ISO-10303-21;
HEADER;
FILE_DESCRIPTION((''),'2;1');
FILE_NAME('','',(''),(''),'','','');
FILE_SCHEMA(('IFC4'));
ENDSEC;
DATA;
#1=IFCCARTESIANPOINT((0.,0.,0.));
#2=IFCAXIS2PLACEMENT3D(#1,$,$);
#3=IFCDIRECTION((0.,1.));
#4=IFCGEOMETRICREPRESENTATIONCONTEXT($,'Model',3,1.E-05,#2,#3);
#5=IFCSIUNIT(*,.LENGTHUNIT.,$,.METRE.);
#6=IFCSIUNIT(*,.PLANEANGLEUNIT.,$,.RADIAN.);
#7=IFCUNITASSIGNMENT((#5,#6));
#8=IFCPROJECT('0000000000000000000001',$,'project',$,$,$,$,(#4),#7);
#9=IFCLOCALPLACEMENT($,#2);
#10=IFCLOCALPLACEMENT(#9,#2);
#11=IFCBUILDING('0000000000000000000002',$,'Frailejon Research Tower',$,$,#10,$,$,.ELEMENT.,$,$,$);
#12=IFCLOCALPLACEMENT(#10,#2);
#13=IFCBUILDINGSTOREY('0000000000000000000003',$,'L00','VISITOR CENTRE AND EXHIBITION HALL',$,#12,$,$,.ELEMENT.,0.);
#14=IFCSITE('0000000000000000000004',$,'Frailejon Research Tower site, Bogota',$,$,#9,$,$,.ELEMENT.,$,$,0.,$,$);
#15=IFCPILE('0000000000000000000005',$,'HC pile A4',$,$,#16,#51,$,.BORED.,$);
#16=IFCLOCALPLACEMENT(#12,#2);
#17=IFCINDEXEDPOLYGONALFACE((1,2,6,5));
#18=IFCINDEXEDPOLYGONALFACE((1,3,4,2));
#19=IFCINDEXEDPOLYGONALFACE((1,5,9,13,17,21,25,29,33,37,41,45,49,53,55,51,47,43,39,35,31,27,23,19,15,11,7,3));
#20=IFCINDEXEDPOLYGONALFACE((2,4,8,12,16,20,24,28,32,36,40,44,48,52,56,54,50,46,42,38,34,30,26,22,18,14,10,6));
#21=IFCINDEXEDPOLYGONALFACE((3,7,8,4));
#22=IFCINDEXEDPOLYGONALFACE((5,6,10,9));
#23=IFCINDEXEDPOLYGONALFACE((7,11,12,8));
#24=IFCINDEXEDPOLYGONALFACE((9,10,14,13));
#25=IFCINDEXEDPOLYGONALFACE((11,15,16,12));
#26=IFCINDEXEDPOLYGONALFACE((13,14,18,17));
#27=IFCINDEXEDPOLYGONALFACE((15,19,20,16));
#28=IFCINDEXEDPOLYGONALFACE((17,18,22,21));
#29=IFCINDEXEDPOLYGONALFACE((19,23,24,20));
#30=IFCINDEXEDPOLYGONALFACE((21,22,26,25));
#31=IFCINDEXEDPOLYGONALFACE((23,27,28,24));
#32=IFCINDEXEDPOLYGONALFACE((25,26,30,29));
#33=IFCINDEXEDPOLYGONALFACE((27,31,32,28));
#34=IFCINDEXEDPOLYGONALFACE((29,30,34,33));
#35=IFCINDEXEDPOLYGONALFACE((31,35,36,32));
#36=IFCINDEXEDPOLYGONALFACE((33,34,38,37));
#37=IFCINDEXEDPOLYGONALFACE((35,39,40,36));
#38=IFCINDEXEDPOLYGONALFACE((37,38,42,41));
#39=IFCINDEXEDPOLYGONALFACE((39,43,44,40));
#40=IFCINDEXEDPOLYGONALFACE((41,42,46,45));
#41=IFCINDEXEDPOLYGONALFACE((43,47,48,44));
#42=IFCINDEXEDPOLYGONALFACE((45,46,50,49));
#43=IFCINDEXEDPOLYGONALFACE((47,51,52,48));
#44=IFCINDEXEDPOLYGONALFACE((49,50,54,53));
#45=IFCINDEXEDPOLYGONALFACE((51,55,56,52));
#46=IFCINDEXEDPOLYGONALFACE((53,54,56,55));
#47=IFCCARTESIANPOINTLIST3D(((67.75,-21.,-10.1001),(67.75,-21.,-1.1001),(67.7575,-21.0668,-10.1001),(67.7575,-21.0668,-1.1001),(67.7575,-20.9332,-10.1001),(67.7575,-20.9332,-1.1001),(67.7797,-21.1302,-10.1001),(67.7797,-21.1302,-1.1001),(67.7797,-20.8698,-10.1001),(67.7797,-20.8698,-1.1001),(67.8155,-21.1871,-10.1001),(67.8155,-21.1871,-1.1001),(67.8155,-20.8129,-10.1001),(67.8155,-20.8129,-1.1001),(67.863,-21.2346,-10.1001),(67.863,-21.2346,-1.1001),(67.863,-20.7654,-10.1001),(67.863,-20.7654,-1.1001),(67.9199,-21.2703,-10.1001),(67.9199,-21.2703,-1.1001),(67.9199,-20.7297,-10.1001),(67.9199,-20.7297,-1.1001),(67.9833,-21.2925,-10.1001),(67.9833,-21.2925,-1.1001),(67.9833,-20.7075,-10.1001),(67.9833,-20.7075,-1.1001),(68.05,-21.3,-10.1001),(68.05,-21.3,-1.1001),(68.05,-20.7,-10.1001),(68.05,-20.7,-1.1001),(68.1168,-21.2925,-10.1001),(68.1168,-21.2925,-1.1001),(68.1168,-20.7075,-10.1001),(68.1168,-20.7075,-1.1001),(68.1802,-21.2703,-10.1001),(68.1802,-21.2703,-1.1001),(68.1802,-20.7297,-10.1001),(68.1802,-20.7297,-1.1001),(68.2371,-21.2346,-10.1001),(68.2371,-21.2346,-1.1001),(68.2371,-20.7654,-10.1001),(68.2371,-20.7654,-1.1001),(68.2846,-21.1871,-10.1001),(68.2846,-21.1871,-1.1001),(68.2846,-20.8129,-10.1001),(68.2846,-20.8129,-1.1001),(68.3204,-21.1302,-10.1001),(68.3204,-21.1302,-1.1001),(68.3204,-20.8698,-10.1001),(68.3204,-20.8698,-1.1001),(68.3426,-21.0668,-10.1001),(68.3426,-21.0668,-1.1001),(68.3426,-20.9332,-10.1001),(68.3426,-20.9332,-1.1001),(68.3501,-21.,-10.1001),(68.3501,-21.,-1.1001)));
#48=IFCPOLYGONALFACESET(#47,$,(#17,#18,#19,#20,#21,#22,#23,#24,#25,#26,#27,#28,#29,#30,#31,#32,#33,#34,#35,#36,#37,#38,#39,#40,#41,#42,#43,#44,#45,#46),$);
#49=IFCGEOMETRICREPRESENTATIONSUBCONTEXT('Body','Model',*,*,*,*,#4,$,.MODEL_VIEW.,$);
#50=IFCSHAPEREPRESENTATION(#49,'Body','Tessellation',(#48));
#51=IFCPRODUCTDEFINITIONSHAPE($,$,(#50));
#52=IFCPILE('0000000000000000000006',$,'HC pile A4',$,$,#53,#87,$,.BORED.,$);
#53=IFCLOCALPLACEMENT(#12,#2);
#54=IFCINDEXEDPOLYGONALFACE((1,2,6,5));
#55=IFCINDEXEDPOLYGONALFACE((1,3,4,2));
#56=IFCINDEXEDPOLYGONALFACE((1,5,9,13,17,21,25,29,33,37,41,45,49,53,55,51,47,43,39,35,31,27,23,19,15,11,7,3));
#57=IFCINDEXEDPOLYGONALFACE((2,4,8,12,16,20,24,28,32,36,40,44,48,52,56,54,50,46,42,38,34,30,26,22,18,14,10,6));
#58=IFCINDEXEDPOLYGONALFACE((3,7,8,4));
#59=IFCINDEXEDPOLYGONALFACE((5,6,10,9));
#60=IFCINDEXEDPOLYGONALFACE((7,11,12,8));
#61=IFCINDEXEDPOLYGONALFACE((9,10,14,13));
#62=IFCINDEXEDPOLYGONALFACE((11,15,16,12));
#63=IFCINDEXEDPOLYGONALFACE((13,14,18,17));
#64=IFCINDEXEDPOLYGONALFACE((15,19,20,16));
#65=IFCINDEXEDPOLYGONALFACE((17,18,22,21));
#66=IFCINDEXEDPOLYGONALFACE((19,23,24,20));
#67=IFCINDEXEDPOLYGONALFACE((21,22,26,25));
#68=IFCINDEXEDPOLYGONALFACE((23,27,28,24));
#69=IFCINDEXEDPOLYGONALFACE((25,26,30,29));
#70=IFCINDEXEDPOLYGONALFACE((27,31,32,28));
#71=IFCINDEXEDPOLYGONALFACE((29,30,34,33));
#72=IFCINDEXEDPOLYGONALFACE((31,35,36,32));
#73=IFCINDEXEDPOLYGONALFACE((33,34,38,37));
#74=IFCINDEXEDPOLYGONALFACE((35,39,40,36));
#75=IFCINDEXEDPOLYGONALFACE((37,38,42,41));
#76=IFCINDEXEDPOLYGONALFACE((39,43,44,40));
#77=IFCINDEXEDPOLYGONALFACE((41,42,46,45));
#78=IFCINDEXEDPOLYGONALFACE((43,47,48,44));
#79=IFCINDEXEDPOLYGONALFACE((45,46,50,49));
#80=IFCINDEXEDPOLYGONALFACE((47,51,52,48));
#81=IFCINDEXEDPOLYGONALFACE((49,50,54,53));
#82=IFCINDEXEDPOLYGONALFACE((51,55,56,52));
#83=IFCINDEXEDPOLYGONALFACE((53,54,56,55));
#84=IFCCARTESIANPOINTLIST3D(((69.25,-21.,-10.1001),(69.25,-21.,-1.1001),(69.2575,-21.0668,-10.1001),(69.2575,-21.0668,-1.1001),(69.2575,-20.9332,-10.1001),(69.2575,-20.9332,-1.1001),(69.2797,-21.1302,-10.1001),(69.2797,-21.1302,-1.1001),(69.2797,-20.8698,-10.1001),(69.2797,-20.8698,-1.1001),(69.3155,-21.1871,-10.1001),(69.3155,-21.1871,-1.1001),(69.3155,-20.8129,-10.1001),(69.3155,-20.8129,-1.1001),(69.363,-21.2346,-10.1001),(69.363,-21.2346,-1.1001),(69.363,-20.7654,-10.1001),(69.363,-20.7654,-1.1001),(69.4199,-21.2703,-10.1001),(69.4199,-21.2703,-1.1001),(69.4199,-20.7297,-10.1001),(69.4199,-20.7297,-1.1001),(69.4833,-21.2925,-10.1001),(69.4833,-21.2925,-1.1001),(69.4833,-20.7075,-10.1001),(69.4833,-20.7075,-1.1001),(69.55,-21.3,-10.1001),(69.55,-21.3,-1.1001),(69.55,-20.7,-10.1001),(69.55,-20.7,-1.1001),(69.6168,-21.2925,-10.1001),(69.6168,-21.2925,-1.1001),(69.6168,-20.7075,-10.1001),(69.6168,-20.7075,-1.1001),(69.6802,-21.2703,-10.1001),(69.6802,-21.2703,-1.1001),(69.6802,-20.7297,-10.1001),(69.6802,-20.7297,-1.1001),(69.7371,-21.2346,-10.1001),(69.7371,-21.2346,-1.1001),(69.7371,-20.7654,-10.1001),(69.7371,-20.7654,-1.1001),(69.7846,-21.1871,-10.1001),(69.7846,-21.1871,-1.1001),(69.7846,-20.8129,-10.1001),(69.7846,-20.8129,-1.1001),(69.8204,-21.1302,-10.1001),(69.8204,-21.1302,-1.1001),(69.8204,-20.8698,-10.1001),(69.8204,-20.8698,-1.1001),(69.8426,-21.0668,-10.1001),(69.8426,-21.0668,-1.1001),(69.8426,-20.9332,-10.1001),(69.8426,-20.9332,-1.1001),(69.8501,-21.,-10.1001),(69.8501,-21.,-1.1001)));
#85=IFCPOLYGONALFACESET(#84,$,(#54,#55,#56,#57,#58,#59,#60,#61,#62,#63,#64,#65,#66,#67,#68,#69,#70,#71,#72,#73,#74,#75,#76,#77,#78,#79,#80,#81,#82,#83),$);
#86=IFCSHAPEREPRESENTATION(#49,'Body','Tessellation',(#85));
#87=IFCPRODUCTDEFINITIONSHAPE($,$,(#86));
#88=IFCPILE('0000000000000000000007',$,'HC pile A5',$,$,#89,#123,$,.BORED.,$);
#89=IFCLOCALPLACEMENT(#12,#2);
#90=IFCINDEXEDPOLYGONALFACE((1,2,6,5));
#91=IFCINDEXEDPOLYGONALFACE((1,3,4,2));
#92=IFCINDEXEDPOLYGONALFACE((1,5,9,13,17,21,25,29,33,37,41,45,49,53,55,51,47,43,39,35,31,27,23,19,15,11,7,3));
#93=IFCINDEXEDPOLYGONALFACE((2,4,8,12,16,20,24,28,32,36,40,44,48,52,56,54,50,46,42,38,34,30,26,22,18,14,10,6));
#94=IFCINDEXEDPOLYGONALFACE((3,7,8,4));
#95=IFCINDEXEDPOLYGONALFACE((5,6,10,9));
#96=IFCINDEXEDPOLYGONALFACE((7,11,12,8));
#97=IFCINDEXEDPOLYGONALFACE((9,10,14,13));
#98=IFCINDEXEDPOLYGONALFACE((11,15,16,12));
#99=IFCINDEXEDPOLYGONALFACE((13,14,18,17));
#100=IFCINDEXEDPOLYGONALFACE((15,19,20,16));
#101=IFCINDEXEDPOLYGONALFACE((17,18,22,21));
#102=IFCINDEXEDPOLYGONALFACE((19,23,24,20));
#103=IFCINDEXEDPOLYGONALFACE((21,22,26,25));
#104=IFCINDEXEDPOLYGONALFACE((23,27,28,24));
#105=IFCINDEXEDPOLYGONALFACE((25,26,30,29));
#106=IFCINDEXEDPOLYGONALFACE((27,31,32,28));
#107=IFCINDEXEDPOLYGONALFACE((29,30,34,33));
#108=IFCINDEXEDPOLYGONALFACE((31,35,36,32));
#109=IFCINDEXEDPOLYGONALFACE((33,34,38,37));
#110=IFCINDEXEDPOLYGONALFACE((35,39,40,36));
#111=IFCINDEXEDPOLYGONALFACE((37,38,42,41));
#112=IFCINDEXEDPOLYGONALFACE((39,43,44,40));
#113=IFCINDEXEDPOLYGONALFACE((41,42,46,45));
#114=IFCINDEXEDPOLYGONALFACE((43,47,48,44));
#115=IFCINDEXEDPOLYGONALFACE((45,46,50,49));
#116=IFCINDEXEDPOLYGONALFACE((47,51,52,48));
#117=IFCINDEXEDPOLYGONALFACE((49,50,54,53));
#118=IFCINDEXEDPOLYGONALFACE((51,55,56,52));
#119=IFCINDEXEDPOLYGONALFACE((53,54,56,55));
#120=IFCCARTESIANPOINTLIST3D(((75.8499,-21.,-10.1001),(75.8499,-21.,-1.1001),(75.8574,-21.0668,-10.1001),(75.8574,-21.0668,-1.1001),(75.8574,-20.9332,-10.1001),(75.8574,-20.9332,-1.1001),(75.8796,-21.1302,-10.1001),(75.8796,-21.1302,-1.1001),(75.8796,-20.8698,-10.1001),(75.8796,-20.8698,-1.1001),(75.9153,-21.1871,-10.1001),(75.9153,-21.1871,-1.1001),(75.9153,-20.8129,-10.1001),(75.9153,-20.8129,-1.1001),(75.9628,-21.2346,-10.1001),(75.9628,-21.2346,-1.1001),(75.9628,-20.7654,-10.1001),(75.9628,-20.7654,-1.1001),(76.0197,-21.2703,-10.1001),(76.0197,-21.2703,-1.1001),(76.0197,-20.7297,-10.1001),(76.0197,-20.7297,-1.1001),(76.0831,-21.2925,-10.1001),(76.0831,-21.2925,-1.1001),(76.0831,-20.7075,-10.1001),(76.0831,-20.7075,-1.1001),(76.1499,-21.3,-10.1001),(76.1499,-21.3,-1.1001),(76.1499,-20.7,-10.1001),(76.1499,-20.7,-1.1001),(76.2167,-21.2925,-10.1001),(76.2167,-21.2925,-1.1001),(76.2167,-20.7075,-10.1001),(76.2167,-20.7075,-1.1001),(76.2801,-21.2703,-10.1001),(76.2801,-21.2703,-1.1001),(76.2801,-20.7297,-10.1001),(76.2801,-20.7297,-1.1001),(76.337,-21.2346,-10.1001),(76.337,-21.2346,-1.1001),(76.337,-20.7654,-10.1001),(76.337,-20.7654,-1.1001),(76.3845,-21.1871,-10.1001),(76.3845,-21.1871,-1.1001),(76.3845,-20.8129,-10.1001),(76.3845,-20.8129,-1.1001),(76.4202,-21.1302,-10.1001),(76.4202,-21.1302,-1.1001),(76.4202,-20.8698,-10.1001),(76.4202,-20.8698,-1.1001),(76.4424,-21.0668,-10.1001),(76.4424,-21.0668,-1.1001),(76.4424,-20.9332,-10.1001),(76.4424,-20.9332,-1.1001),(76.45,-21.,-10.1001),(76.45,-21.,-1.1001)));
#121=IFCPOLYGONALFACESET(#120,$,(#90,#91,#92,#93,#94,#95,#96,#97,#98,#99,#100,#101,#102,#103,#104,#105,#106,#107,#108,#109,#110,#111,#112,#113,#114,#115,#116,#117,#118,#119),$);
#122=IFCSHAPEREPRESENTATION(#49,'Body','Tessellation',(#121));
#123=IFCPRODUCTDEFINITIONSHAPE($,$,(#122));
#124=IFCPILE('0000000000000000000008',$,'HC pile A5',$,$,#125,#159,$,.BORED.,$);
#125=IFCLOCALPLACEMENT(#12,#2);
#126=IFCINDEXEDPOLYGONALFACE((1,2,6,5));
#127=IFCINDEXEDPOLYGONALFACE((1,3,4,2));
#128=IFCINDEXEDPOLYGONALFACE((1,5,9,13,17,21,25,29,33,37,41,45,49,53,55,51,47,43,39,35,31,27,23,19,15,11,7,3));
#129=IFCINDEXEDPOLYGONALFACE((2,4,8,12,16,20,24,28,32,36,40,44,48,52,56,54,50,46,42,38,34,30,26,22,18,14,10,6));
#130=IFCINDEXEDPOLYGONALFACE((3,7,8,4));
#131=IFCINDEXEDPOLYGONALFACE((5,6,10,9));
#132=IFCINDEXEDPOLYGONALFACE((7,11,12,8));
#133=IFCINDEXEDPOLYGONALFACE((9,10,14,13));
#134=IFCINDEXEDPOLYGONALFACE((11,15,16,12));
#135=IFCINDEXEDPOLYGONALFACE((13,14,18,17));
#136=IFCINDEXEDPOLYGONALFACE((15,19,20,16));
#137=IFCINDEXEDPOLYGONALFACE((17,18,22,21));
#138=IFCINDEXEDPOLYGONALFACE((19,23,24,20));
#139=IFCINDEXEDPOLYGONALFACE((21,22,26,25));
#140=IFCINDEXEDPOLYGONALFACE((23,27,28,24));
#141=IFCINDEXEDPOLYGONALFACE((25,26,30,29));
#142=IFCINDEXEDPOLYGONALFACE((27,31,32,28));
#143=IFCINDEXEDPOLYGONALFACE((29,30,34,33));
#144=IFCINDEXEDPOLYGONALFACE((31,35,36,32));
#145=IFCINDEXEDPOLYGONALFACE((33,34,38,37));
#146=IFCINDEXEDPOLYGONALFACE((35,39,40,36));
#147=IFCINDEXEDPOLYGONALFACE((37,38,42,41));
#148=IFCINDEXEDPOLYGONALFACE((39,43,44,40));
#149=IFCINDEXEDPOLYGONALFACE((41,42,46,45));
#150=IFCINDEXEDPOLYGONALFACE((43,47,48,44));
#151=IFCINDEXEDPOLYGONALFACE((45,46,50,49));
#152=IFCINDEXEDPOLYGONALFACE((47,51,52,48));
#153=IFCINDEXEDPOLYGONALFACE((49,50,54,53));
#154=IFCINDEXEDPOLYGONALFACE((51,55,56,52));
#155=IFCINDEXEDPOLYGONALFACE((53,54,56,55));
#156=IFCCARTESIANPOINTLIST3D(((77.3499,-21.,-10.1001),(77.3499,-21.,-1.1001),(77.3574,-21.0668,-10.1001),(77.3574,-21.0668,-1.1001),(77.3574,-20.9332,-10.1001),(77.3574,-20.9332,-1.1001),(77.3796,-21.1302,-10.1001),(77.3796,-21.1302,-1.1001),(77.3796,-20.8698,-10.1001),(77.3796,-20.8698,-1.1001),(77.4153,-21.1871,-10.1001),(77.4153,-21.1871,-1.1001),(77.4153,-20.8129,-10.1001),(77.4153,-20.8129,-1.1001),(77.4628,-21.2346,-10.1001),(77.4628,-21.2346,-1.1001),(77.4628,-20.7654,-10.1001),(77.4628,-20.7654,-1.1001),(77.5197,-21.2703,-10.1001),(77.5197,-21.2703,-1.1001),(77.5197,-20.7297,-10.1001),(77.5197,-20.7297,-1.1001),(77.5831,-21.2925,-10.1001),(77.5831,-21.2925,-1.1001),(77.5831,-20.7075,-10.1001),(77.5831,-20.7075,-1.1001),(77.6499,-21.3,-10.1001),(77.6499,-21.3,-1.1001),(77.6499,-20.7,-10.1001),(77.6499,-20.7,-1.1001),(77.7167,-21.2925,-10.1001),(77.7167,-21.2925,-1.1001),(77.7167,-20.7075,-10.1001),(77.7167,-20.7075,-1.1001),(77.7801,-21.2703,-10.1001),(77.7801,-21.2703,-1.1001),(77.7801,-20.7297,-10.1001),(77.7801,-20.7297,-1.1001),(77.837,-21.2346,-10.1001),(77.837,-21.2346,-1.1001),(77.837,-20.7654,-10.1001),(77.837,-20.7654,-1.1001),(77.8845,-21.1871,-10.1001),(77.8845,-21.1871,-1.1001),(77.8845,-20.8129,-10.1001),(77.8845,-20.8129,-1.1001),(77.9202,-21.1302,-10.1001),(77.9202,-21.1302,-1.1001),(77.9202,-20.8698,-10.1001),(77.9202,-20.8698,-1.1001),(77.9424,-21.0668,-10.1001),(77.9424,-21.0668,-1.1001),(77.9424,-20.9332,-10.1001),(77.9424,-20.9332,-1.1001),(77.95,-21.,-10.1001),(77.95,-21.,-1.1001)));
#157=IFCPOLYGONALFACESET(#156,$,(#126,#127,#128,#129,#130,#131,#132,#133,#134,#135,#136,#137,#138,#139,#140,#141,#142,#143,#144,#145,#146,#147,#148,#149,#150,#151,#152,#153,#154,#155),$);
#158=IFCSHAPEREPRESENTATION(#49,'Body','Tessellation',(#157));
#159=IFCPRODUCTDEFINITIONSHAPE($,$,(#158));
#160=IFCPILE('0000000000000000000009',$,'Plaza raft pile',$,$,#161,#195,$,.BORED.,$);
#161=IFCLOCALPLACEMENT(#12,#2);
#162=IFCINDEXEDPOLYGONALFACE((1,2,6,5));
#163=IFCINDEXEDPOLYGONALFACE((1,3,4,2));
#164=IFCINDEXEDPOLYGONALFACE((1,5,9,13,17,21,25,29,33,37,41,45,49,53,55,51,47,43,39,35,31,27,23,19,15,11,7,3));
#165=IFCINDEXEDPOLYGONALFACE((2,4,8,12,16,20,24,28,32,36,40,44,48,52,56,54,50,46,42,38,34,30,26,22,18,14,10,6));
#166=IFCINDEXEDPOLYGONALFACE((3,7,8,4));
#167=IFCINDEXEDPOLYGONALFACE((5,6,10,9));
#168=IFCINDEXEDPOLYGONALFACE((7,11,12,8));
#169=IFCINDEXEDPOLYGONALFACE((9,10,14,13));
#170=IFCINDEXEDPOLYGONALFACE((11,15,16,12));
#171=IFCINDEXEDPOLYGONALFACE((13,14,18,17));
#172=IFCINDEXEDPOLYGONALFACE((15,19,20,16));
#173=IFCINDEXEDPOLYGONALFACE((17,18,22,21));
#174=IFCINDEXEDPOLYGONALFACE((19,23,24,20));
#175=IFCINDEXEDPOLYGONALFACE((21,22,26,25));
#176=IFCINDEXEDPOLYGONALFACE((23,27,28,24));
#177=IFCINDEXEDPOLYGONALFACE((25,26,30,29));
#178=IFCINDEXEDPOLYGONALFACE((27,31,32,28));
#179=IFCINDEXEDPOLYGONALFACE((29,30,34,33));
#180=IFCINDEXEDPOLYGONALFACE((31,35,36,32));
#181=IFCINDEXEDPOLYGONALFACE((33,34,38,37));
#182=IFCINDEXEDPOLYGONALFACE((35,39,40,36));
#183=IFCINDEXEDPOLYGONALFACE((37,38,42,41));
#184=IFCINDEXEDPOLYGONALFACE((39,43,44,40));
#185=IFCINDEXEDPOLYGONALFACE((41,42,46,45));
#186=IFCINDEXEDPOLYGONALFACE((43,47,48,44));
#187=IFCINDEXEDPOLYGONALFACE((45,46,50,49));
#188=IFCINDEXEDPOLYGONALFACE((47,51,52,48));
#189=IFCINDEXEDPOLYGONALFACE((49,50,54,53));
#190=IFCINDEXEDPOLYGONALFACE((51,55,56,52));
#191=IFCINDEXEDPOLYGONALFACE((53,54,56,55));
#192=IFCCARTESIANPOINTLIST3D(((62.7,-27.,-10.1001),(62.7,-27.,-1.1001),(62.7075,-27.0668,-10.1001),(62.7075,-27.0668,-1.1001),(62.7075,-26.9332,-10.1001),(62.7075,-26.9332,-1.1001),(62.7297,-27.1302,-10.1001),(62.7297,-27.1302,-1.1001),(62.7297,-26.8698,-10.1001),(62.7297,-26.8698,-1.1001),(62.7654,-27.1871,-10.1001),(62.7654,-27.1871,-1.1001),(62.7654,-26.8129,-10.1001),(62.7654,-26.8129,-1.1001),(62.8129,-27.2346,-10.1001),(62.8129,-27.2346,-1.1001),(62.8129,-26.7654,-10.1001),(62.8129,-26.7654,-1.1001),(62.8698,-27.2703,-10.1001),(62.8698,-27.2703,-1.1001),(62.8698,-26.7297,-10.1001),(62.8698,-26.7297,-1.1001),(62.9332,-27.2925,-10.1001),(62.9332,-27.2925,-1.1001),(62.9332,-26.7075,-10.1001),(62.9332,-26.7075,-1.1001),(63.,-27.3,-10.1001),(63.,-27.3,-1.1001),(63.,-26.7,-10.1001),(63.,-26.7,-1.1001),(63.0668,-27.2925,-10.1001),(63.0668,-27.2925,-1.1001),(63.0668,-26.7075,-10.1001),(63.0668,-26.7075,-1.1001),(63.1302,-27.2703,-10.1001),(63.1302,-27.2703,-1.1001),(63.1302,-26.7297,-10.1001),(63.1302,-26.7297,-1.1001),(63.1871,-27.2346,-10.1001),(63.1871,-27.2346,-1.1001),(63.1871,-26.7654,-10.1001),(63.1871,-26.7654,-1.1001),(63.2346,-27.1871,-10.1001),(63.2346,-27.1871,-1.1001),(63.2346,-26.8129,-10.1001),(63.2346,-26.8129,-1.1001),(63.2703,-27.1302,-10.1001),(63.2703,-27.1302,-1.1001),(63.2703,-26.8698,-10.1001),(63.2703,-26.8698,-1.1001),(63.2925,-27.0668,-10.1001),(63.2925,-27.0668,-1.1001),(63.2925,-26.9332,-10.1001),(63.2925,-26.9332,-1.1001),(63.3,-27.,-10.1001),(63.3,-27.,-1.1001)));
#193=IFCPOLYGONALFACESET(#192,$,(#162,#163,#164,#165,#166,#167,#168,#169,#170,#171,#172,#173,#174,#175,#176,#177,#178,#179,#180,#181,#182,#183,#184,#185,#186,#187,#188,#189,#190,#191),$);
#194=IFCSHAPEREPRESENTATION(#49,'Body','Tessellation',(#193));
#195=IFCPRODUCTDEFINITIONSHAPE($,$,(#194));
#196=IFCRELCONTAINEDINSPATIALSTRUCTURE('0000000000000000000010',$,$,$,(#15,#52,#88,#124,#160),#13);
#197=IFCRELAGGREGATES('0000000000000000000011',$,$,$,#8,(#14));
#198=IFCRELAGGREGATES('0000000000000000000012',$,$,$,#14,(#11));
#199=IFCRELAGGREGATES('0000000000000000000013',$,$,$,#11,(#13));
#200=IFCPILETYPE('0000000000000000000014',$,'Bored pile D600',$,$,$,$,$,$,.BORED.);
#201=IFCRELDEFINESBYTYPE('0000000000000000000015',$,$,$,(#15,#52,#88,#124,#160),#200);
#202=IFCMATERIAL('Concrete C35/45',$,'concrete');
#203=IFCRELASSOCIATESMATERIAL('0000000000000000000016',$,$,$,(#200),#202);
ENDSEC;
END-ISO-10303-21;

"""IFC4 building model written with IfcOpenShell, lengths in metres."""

from ifc_helpers import new_model, si_unit, direction, frame, origin, origin_2d, place, context, subcontext, project, spatial, circle, extrude, material, material_profile, profile_set, type_object, element, save


model = new_model("IFC4")

# Units and contexts
model_context = context("Model", 3, precision=1e-05, world=origin(), true_north=direction((0.0, 1.0)))
body_context = subcontext(model_context, "Body", "Model", "MODEL_VIEW")
ifc_project = project(units=[si_unit("LENGTHUNIT", "METRE"), si_unit("PLANEANGLEUNIT", "RADIAN")], contexts=[model_context])

# Site, building, storey
site_placement = place(None, origin())
site = spatial("IfcSite", under=ifc_project, at=site_placement, Name="Frailejon Research Tower site, Bogota", CompositionType="ELEMENT", RefElevation=0.0)
building_placement = place(site_placement, origin())
building = spatial("IfcBuilding", under=site, at=building_placement, Name="Frailejon Research Tower", CompositionType="ELEMENT")
storey_placement = place(building_placement, origin())
storey = spatial("IfcBuildingStorey", under=building, at=storey_placement, Name="L00", Description="VISITOR CENTRE AND EXHIBITION HALL", CompositionType="ELEMENT", Elevation=0.0)

# Piles
ifc_material_1 = material(Name="Concrete C35/45", Category="concrete")
ifc_material_profile_1 = material_profile(ifc_material_1, circle(Radius=0.3, at=origin_2d()), Name="Bored pile D600")
ifc_profile_set_1 = profile_set([ifc_material_profile_1], Name="Concrete C35/45")
pile_type = type_object("IfcPileType", Name="Bored pile D600", PredefinedType="BORED", material=ifc_profile_set_1)
for number, where, z_axis, x_axis, name in (
    (1, (68.05, -21.0, -1.1001), (0.0, 0.0, -1.0), (1.0, 0.0, 0.0), "HC pile A4"),
    (2, (69.55, -21.0, -1.1001), (0.0, 0.0, -1.0), (1.0, 0.0, 0.0), "HC pile A4"),
    (3, (76.1499, -21.0, -1.1001), (0.0, 0.0, -1.0), (1.0, 0.0, 0.0), "HC pile A5"),
    (4, (77.6499, -21.0, -1.1001), (0.0, 0.0, -1.0), (1.0, 0.0, 0.0), "HC pile A5"),
    (5, (63.0, -27.0, -1.1001), (0.0, 0.0, -1.0), (1.0, 0.0, 0.0), "Plaza raft pile"),
):
    element("IfcPile", number, at=place(storey_placement, frame(where, z_axis=z_axis, x_axis=x_axis)), inside=storey, type_object=pile_type, Name=name, PredefinedType="BORED", context=body_context, shape_type="SweptSolid", body=[
        extrude(circle(Radius=0.3, at=origin_2d()), origin(), (0.0, 0.0, 1.0), 9.0),
    ])

save(model, "model.ifc")
